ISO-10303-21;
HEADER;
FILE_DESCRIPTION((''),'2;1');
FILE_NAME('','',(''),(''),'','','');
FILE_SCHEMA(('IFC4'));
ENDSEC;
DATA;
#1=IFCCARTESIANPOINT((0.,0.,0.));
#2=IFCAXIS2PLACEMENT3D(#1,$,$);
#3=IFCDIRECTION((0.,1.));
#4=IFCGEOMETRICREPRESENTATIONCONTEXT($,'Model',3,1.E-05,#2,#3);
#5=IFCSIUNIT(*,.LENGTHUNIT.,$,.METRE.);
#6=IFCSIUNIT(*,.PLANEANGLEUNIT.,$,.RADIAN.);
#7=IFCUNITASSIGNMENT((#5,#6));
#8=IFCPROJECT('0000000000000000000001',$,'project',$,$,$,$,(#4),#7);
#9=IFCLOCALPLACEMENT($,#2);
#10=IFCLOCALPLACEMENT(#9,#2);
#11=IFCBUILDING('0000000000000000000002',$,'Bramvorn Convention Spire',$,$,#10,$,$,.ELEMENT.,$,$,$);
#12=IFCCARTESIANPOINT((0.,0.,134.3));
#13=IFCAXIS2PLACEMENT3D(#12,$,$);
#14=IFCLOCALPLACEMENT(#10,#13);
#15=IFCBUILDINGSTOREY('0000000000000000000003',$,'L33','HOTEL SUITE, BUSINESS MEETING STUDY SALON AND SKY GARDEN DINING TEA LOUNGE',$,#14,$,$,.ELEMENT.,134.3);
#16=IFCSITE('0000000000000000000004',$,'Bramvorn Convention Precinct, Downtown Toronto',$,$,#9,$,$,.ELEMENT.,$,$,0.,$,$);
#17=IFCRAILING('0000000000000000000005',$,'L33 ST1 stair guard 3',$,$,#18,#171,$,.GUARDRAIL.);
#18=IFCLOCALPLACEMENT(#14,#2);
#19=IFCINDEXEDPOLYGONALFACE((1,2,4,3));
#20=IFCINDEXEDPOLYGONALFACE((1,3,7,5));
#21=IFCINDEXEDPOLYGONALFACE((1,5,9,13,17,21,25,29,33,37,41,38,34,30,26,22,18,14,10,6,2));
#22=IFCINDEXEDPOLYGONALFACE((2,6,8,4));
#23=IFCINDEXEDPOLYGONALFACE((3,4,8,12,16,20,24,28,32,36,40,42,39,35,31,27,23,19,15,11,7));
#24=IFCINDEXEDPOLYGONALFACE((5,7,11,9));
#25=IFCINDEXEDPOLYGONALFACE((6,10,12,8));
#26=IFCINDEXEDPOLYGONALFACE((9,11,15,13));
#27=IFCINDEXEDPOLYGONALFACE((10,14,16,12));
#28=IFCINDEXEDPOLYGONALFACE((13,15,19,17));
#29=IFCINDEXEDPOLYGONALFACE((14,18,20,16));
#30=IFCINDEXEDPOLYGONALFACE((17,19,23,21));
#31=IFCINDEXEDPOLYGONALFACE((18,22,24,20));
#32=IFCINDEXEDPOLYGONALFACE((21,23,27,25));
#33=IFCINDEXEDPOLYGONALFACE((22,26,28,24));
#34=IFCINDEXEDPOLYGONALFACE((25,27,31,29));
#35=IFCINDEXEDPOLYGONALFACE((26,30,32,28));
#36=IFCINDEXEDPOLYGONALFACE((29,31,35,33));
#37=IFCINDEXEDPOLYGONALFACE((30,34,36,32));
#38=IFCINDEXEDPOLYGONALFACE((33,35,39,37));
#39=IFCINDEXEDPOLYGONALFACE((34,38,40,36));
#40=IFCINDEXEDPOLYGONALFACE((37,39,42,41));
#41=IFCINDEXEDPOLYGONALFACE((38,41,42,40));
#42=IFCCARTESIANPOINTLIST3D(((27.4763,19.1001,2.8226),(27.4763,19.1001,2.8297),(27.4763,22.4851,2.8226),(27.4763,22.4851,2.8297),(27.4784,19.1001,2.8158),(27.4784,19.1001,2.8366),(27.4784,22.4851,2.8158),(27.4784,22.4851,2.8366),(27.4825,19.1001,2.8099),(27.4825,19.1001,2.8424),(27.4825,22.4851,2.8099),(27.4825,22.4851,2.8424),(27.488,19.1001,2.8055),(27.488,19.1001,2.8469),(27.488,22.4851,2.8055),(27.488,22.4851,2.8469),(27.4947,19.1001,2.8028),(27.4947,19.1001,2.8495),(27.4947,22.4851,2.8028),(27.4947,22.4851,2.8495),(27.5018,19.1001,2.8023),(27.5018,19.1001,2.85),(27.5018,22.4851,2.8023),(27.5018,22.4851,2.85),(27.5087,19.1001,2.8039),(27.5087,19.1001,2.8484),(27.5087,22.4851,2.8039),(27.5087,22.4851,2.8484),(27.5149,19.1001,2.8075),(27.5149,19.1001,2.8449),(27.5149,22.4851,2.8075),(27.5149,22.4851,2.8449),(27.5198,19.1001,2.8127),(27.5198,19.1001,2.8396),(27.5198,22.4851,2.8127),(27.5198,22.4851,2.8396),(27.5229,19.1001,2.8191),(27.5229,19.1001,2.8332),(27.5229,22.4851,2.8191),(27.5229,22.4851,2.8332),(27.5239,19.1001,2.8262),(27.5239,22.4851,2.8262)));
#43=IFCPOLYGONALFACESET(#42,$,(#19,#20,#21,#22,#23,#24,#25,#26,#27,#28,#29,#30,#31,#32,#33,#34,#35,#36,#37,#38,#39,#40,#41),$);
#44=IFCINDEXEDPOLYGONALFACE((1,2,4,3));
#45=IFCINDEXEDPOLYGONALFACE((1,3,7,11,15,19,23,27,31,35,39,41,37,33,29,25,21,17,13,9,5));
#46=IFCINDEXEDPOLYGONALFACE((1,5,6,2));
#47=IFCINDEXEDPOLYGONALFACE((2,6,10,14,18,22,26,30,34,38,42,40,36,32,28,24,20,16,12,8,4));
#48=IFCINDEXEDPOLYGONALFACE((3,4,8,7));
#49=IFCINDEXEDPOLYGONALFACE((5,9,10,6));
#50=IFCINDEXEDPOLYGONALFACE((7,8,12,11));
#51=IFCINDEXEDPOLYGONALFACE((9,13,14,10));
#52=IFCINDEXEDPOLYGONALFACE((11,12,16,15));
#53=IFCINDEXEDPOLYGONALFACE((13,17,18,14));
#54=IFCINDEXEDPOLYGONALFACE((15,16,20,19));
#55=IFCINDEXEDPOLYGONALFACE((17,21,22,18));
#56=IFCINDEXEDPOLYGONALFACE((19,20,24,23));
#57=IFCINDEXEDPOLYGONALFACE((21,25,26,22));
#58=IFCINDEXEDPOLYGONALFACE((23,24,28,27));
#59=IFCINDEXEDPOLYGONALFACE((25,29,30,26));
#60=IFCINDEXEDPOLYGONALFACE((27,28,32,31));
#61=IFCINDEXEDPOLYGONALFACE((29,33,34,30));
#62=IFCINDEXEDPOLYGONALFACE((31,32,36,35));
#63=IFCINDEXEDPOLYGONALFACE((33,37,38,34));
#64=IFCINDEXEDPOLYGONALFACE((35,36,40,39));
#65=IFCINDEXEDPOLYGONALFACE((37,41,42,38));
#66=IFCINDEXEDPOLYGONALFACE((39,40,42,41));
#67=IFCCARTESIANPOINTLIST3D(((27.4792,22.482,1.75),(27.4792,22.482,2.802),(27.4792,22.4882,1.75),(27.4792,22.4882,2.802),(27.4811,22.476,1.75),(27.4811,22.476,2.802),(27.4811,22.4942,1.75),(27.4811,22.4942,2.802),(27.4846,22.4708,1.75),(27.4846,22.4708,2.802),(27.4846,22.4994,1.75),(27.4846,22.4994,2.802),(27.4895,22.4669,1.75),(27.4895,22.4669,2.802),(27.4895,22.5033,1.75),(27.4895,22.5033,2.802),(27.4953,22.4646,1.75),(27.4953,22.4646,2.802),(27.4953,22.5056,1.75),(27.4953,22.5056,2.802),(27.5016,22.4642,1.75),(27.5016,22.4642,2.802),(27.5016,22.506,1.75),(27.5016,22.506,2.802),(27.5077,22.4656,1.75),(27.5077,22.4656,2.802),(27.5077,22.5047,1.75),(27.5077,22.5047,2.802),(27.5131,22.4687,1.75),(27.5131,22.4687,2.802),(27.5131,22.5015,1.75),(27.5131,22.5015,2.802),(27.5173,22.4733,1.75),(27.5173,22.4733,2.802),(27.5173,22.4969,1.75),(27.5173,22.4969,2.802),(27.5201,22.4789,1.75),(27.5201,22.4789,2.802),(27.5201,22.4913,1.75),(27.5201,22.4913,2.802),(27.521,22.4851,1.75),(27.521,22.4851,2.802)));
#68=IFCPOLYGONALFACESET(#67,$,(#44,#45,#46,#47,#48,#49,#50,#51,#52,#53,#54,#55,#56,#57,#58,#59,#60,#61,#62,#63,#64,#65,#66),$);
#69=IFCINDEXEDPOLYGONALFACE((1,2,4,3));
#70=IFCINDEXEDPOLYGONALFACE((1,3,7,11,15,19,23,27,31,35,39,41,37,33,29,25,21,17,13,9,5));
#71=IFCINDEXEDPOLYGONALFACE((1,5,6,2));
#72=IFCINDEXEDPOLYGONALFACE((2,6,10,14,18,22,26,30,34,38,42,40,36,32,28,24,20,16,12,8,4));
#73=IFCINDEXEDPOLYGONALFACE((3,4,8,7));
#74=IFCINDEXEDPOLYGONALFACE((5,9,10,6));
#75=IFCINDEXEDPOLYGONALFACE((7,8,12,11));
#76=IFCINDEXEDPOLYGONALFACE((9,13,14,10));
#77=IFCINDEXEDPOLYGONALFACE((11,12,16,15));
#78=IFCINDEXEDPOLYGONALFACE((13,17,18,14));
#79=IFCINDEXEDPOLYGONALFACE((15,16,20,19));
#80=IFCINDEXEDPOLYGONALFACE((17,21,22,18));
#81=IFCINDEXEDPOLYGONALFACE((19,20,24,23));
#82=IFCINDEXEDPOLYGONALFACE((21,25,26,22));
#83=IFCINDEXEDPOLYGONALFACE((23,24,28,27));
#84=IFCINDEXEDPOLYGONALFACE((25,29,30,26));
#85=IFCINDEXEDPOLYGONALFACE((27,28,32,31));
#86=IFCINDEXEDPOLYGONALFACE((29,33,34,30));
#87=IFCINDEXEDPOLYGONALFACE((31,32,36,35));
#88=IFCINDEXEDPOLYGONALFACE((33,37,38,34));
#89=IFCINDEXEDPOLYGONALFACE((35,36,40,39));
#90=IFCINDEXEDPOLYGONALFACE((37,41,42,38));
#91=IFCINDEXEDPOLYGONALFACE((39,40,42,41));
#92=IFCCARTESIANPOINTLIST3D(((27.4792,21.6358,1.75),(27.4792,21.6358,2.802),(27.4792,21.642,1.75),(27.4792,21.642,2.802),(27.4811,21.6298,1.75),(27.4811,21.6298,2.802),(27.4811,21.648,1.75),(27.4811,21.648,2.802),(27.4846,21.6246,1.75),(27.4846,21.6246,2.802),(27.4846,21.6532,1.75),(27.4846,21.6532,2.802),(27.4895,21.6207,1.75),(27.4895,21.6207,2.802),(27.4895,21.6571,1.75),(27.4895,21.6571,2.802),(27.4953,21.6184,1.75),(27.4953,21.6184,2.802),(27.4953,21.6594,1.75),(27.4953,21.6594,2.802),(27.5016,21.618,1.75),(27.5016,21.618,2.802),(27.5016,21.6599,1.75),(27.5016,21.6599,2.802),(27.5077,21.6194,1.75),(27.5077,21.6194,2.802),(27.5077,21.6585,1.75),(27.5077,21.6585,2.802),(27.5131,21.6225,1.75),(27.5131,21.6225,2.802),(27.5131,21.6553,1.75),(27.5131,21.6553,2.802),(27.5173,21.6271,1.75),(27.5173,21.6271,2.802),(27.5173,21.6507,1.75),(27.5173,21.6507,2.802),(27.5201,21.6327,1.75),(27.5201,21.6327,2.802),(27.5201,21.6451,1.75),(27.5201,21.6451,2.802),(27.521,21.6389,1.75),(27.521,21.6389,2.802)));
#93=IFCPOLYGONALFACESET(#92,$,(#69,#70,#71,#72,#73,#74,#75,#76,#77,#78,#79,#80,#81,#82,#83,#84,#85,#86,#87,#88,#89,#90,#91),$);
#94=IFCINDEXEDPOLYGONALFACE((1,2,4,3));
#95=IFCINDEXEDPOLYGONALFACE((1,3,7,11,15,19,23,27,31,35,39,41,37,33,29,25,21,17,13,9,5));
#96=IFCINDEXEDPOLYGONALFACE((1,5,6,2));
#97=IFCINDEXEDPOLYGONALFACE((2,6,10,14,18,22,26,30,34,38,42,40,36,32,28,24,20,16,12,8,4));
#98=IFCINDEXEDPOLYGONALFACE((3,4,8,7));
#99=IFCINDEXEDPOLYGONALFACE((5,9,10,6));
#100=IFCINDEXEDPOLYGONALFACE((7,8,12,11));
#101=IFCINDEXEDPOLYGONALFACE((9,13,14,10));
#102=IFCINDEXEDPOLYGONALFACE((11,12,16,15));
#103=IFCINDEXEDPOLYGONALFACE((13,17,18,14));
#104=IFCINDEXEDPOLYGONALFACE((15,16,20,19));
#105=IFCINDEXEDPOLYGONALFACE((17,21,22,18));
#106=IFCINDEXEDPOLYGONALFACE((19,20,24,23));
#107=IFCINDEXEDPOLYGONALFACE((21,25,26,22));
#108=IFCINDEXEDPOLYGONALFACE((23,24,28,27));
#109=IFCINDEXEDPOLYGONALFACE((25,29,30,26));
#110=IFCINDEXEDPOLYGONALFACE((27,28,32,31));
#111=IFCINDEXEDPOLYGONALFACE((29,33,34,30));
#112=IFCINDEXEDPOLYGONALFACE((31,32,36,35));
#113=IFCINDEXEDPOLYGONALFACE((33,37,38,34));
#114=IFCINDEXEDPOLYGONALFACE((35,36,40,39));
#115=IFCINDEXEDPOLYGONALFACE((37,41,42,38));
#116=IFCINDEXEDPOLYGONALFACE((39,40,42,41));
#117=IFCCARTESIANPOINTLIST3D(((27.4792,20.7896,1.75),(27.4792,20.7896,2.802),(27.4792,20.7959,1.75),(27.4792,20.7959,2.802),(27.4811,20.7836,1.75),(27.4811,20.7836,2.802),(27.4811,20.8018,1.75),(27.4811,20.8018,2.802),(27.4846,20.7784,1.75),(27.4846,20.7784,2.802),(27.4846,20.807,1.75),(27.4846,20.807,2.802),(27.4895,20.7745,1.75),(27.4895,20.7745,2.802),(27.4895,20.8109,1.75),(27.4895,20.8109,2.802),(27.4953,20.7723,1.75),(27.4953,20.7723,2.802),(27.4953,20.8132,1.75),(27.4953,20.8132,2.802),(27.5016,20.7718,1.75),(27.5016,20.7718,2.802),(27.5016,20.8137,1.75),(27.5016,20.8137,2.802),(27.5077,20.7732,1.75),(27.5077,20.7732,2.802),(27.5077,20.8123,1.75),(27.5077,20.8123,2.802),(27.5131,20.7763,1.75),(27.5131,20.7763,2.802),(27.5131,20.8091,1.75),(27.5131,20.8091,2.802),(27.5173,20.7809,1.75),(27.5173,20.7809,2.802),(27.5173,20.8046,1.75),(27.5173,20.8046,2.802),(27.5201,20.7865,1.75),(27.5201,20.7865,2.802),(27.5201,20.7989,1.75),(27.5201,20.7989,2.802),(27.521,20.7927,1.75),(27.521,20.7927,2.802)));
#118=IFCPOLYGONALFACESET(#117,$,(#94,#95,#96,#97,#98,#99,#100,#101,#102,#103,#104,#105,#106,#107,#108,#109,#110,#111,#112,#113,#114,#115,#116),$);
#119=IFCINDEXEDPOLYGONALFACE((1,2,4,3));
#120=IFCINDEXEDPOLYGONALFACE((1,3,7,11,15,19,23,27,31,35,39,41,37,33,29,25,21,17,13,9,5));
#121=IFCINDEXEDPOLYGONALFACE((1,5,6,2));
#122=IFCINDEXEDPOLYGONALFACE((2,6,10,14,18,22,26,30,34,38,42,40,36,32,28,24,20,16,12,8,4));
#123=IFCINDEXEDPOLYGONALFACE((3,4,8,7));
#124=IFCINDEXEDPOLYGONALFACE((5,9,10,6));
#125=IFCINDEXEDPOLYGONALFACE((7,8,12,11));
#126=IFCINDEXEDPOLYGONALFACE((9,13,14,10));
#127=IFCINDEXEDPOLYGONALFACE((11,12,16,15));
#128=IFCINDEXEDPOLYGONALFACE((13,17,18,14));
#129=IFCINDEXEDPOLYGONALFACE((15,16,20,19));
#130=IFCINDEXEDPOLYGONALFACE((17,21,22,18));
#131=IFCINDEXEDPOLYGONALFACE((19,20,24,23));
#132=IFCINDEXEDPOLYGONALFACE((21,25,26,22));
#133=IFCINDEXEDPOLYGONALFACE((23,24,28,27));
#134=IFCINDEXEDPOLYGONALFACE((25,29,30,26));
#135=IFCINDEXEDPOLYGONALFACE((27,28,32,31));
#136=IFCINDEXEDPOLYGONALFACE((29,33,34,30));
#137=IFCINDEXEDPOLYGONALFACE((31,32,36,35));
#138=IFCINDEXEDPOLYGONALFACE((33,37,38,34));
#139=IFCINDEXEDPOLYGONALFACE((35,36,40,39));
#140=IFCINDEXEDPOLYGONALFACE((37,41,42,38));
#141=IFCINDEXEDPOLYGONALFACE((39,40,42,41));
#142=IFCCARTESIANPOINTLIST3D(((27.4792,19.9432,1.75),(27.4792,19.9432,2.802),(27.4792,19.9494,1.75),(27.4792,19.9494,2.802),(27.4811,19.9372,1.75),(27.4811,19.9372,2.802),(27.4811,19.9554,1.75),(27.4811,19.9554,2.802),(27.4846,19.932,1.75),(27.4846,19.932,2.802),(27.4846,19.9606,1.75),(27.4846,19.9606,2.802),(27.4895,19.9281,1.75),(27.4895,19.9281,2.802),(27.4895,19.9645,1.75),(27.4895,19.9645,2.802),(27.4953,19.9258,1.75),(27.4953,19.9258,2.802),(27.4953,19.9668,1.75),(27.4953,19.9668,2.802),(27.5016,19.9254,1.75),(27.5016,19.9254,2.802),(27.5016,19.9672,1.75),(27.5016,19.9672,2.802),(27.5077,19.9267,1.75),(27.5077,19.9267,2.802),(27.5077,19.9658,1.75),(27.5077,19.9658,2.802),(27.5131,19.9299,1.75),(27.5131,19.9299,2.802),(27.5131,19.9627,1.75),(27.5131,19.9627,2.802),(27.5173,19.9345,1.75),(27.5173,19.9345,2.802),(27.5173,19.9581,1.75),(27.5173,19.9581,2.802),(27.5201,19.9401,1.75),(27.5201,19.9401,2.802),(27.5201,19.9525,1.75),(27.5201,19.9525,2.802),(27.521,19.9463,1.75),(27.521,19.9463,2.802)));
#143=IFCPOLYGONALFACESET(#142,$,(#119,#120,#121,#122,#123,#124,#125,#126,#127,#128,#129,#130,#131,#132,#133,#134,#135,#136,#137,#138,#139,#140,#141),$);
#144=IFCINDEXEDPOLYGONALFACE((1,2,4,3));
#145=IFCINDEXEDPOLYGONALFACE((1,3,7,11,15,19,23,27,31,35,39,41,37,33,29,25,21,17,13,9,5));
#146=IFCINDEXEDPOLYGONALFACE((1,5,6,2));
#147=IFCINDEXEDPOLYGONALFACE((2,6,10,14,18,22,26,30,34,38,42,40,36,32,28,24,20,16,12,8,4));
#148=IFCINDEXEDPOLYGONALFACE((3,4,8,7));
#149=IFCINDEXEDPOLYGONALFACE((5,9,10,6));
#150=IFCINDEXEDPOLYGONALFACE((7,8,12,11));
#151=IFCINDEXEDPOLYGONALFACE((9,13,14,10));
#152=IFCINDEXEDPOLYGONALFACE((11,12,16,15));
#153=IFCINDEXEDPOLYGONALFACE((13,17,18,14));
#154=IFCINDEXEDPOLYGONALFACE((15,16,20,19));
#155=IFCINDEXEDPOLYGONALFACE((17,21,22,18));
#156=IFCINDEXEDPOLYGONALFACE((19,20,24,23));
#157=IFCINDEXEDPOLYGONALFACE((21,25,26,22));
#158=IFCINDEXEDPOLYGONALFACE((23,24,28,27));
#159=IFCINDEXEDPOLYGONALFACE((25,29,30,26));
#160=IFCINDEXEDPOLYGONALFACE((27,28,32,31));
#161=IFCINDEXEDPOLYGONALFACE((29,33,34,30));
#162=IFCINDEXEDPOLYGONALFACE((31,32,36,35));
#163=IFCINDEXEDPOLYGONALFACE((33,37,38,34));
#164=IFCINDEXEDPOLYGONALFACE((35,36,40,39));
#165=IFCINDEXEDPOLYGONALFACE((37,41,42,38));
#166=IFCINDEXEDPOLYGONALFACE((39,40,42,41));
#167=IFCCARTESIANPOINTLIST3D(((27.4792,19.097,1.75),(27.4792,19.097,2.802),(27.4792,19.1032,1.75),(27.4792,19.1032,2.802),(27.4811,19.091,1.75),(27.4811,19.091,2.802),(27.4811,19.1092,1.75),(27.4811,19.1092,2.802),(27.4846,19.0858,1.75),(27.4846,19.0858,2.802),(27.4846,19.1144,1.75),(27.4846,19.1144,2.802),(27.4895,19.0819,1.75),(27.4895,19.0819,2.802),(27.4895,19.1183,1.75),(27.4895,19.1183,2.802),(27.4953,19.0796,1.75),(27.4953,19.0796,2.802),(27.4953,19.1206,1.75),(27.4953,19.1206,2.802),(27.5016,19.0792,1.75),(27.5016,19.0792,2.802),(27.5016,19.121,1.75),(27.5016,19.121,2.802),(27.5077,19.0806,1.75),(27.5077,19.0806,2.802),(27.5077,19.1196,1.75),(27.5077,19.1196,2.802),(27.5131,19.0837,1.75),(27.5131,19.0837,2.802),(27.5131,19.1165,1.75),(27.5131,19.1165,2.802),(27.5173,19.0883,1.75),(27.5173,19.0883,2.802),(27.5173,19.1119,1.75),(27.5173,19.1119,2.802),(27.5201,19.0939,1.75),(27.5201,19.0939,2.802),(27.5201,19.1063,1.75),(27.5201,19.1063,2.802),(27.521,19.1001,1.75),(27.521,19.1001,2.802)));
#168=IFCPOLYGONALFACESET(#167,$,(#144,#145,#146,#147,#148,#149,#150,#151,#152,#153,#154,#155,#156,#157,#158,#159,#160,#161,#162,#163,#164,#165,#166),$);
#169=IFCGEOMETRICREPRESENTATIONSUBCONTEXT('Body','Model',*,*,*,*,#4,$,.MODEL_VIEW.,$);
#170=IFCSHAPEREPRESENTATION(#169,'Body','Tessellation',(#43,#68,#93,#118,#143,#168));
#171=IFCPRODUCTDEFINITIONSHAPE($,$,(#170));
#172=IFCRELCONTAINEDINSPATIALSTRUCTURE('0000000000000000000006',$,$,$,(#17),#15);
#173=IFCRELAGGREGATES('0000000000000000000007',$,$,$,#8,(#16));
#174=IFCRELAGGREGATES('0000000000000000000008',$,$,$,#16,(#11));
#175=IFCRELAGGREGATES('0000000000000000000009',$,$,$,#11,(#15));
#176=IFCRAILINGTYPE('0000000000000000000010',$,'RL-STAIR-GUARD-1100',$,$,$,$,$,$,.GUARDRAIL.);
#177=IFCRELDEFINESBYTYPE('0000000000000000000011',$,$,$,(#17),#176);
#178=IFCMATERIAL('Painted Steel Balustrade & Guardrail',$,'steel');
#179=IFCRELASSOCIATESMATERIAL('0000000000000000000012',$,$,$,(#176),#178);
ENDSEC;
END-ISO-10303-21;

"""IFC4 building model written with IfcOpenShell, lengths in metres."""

from ifc_helpers import new_model, si_unit, direction, frame, origin, origin_2d, place, context, subcontext, project, spatial, circle, extrude, material, type_object, element, save


model = new_model("IFC4")

# Units and contexts
model_context = context("Model", 3, precision=1e-05, world=origin(), true_north=direction((0.0, 1.0)))
body_context = subcontext(model_context, "Body", "Model", "MODEL_VIEW")
ifc_project = project(units=[si_unit("LENGTHUNIT", "METRE"), si_unit("PLANEANGLEUNIT", "RADIAN")], contexts=[model_context])

# Site, building, storey
site_placement = place(None, origin())
site = spatial("IfcSite", under=ifc_project, at=site_placement, Name="Bramvorn Convention Precinct, Downtown Toronto", CompositionType="ELEMENT", RefElevation=0.0)
building_placement = place(site_placement, origin())
building = spatial("IfcBuilding", under=site, at=building_placement, Name="Bramvorn Convention Spire", CompositionType="ELEMENT")
storey_placement = place(building_placement, frame((0.0, 0.0, 134.3)))
storey = spatial("IfcBuildingStorey", under=building, at=storey_placement, Name="L33", Description="HOTEL SUITE, BUSINESS MEETING STUDY SALON AND SKY GARDEN DINING TEA LOUNGE", CompositionType="ELEMENT", Elevation=134.3)

# Railing
ifc_material_1 = material(Name="Painted Steel Balustrade & Guardrail", Category="steel")
railing_type = type_object("IfcRailingType", Name="RL-STAIR-GUARD-1100", PredefinedType="GUARDRAIL", material=ifc_material_1)
railing_1_placement = place(storey_placement, frame((27.5, 22.4851, 1.75)))
element("IfcRailing", 1, at=railing_1_placement, inside=storey, type_object=railing_type, Name="L33 ST1 stair guard 3", PredefinedType="GUARDRAIL", context=body_context, shape_type="SweptSolid", body=[
    extrude(circle(Radius=0.0239, at=origin_2d()), frame((0.0, 0.0, 1.0762), z_axis=(0.0, -1.0, 0.0), x_axis=(1.0, 0.0, 0.0)), (0.0, 0.0, 1.0), 3.385),
    extrude(circle(Radius=0.021, at=origin_2d()), origin(), (0.0, 0.0, 1.0), 1.052),
    extrude(circle(Radius=0.021, at=origin_2d()), frame((0.0, -0.8462, 0.0)), (0.0, 0.0, 1.0), 1.052),
    extrude(circle(Radius=0.021, at=origin_2d()), frame((0.0, -1.6924, 0.0)), (0.0, 0.0, 1.0), 1.052),
    extrude(circle(Radius=0.021, at=origin_2d()), frame((0.0, -2.5388, 0.0)), (0.0, 0.0, 1.0), 1.052),
    extrude(circle(Radius=0.021, at=origin_2d()), frame((0.0, -3.385, 0.0)), (0.0, 0.0, 1.0), 1.052),
])

save(model, "model.ifc")
